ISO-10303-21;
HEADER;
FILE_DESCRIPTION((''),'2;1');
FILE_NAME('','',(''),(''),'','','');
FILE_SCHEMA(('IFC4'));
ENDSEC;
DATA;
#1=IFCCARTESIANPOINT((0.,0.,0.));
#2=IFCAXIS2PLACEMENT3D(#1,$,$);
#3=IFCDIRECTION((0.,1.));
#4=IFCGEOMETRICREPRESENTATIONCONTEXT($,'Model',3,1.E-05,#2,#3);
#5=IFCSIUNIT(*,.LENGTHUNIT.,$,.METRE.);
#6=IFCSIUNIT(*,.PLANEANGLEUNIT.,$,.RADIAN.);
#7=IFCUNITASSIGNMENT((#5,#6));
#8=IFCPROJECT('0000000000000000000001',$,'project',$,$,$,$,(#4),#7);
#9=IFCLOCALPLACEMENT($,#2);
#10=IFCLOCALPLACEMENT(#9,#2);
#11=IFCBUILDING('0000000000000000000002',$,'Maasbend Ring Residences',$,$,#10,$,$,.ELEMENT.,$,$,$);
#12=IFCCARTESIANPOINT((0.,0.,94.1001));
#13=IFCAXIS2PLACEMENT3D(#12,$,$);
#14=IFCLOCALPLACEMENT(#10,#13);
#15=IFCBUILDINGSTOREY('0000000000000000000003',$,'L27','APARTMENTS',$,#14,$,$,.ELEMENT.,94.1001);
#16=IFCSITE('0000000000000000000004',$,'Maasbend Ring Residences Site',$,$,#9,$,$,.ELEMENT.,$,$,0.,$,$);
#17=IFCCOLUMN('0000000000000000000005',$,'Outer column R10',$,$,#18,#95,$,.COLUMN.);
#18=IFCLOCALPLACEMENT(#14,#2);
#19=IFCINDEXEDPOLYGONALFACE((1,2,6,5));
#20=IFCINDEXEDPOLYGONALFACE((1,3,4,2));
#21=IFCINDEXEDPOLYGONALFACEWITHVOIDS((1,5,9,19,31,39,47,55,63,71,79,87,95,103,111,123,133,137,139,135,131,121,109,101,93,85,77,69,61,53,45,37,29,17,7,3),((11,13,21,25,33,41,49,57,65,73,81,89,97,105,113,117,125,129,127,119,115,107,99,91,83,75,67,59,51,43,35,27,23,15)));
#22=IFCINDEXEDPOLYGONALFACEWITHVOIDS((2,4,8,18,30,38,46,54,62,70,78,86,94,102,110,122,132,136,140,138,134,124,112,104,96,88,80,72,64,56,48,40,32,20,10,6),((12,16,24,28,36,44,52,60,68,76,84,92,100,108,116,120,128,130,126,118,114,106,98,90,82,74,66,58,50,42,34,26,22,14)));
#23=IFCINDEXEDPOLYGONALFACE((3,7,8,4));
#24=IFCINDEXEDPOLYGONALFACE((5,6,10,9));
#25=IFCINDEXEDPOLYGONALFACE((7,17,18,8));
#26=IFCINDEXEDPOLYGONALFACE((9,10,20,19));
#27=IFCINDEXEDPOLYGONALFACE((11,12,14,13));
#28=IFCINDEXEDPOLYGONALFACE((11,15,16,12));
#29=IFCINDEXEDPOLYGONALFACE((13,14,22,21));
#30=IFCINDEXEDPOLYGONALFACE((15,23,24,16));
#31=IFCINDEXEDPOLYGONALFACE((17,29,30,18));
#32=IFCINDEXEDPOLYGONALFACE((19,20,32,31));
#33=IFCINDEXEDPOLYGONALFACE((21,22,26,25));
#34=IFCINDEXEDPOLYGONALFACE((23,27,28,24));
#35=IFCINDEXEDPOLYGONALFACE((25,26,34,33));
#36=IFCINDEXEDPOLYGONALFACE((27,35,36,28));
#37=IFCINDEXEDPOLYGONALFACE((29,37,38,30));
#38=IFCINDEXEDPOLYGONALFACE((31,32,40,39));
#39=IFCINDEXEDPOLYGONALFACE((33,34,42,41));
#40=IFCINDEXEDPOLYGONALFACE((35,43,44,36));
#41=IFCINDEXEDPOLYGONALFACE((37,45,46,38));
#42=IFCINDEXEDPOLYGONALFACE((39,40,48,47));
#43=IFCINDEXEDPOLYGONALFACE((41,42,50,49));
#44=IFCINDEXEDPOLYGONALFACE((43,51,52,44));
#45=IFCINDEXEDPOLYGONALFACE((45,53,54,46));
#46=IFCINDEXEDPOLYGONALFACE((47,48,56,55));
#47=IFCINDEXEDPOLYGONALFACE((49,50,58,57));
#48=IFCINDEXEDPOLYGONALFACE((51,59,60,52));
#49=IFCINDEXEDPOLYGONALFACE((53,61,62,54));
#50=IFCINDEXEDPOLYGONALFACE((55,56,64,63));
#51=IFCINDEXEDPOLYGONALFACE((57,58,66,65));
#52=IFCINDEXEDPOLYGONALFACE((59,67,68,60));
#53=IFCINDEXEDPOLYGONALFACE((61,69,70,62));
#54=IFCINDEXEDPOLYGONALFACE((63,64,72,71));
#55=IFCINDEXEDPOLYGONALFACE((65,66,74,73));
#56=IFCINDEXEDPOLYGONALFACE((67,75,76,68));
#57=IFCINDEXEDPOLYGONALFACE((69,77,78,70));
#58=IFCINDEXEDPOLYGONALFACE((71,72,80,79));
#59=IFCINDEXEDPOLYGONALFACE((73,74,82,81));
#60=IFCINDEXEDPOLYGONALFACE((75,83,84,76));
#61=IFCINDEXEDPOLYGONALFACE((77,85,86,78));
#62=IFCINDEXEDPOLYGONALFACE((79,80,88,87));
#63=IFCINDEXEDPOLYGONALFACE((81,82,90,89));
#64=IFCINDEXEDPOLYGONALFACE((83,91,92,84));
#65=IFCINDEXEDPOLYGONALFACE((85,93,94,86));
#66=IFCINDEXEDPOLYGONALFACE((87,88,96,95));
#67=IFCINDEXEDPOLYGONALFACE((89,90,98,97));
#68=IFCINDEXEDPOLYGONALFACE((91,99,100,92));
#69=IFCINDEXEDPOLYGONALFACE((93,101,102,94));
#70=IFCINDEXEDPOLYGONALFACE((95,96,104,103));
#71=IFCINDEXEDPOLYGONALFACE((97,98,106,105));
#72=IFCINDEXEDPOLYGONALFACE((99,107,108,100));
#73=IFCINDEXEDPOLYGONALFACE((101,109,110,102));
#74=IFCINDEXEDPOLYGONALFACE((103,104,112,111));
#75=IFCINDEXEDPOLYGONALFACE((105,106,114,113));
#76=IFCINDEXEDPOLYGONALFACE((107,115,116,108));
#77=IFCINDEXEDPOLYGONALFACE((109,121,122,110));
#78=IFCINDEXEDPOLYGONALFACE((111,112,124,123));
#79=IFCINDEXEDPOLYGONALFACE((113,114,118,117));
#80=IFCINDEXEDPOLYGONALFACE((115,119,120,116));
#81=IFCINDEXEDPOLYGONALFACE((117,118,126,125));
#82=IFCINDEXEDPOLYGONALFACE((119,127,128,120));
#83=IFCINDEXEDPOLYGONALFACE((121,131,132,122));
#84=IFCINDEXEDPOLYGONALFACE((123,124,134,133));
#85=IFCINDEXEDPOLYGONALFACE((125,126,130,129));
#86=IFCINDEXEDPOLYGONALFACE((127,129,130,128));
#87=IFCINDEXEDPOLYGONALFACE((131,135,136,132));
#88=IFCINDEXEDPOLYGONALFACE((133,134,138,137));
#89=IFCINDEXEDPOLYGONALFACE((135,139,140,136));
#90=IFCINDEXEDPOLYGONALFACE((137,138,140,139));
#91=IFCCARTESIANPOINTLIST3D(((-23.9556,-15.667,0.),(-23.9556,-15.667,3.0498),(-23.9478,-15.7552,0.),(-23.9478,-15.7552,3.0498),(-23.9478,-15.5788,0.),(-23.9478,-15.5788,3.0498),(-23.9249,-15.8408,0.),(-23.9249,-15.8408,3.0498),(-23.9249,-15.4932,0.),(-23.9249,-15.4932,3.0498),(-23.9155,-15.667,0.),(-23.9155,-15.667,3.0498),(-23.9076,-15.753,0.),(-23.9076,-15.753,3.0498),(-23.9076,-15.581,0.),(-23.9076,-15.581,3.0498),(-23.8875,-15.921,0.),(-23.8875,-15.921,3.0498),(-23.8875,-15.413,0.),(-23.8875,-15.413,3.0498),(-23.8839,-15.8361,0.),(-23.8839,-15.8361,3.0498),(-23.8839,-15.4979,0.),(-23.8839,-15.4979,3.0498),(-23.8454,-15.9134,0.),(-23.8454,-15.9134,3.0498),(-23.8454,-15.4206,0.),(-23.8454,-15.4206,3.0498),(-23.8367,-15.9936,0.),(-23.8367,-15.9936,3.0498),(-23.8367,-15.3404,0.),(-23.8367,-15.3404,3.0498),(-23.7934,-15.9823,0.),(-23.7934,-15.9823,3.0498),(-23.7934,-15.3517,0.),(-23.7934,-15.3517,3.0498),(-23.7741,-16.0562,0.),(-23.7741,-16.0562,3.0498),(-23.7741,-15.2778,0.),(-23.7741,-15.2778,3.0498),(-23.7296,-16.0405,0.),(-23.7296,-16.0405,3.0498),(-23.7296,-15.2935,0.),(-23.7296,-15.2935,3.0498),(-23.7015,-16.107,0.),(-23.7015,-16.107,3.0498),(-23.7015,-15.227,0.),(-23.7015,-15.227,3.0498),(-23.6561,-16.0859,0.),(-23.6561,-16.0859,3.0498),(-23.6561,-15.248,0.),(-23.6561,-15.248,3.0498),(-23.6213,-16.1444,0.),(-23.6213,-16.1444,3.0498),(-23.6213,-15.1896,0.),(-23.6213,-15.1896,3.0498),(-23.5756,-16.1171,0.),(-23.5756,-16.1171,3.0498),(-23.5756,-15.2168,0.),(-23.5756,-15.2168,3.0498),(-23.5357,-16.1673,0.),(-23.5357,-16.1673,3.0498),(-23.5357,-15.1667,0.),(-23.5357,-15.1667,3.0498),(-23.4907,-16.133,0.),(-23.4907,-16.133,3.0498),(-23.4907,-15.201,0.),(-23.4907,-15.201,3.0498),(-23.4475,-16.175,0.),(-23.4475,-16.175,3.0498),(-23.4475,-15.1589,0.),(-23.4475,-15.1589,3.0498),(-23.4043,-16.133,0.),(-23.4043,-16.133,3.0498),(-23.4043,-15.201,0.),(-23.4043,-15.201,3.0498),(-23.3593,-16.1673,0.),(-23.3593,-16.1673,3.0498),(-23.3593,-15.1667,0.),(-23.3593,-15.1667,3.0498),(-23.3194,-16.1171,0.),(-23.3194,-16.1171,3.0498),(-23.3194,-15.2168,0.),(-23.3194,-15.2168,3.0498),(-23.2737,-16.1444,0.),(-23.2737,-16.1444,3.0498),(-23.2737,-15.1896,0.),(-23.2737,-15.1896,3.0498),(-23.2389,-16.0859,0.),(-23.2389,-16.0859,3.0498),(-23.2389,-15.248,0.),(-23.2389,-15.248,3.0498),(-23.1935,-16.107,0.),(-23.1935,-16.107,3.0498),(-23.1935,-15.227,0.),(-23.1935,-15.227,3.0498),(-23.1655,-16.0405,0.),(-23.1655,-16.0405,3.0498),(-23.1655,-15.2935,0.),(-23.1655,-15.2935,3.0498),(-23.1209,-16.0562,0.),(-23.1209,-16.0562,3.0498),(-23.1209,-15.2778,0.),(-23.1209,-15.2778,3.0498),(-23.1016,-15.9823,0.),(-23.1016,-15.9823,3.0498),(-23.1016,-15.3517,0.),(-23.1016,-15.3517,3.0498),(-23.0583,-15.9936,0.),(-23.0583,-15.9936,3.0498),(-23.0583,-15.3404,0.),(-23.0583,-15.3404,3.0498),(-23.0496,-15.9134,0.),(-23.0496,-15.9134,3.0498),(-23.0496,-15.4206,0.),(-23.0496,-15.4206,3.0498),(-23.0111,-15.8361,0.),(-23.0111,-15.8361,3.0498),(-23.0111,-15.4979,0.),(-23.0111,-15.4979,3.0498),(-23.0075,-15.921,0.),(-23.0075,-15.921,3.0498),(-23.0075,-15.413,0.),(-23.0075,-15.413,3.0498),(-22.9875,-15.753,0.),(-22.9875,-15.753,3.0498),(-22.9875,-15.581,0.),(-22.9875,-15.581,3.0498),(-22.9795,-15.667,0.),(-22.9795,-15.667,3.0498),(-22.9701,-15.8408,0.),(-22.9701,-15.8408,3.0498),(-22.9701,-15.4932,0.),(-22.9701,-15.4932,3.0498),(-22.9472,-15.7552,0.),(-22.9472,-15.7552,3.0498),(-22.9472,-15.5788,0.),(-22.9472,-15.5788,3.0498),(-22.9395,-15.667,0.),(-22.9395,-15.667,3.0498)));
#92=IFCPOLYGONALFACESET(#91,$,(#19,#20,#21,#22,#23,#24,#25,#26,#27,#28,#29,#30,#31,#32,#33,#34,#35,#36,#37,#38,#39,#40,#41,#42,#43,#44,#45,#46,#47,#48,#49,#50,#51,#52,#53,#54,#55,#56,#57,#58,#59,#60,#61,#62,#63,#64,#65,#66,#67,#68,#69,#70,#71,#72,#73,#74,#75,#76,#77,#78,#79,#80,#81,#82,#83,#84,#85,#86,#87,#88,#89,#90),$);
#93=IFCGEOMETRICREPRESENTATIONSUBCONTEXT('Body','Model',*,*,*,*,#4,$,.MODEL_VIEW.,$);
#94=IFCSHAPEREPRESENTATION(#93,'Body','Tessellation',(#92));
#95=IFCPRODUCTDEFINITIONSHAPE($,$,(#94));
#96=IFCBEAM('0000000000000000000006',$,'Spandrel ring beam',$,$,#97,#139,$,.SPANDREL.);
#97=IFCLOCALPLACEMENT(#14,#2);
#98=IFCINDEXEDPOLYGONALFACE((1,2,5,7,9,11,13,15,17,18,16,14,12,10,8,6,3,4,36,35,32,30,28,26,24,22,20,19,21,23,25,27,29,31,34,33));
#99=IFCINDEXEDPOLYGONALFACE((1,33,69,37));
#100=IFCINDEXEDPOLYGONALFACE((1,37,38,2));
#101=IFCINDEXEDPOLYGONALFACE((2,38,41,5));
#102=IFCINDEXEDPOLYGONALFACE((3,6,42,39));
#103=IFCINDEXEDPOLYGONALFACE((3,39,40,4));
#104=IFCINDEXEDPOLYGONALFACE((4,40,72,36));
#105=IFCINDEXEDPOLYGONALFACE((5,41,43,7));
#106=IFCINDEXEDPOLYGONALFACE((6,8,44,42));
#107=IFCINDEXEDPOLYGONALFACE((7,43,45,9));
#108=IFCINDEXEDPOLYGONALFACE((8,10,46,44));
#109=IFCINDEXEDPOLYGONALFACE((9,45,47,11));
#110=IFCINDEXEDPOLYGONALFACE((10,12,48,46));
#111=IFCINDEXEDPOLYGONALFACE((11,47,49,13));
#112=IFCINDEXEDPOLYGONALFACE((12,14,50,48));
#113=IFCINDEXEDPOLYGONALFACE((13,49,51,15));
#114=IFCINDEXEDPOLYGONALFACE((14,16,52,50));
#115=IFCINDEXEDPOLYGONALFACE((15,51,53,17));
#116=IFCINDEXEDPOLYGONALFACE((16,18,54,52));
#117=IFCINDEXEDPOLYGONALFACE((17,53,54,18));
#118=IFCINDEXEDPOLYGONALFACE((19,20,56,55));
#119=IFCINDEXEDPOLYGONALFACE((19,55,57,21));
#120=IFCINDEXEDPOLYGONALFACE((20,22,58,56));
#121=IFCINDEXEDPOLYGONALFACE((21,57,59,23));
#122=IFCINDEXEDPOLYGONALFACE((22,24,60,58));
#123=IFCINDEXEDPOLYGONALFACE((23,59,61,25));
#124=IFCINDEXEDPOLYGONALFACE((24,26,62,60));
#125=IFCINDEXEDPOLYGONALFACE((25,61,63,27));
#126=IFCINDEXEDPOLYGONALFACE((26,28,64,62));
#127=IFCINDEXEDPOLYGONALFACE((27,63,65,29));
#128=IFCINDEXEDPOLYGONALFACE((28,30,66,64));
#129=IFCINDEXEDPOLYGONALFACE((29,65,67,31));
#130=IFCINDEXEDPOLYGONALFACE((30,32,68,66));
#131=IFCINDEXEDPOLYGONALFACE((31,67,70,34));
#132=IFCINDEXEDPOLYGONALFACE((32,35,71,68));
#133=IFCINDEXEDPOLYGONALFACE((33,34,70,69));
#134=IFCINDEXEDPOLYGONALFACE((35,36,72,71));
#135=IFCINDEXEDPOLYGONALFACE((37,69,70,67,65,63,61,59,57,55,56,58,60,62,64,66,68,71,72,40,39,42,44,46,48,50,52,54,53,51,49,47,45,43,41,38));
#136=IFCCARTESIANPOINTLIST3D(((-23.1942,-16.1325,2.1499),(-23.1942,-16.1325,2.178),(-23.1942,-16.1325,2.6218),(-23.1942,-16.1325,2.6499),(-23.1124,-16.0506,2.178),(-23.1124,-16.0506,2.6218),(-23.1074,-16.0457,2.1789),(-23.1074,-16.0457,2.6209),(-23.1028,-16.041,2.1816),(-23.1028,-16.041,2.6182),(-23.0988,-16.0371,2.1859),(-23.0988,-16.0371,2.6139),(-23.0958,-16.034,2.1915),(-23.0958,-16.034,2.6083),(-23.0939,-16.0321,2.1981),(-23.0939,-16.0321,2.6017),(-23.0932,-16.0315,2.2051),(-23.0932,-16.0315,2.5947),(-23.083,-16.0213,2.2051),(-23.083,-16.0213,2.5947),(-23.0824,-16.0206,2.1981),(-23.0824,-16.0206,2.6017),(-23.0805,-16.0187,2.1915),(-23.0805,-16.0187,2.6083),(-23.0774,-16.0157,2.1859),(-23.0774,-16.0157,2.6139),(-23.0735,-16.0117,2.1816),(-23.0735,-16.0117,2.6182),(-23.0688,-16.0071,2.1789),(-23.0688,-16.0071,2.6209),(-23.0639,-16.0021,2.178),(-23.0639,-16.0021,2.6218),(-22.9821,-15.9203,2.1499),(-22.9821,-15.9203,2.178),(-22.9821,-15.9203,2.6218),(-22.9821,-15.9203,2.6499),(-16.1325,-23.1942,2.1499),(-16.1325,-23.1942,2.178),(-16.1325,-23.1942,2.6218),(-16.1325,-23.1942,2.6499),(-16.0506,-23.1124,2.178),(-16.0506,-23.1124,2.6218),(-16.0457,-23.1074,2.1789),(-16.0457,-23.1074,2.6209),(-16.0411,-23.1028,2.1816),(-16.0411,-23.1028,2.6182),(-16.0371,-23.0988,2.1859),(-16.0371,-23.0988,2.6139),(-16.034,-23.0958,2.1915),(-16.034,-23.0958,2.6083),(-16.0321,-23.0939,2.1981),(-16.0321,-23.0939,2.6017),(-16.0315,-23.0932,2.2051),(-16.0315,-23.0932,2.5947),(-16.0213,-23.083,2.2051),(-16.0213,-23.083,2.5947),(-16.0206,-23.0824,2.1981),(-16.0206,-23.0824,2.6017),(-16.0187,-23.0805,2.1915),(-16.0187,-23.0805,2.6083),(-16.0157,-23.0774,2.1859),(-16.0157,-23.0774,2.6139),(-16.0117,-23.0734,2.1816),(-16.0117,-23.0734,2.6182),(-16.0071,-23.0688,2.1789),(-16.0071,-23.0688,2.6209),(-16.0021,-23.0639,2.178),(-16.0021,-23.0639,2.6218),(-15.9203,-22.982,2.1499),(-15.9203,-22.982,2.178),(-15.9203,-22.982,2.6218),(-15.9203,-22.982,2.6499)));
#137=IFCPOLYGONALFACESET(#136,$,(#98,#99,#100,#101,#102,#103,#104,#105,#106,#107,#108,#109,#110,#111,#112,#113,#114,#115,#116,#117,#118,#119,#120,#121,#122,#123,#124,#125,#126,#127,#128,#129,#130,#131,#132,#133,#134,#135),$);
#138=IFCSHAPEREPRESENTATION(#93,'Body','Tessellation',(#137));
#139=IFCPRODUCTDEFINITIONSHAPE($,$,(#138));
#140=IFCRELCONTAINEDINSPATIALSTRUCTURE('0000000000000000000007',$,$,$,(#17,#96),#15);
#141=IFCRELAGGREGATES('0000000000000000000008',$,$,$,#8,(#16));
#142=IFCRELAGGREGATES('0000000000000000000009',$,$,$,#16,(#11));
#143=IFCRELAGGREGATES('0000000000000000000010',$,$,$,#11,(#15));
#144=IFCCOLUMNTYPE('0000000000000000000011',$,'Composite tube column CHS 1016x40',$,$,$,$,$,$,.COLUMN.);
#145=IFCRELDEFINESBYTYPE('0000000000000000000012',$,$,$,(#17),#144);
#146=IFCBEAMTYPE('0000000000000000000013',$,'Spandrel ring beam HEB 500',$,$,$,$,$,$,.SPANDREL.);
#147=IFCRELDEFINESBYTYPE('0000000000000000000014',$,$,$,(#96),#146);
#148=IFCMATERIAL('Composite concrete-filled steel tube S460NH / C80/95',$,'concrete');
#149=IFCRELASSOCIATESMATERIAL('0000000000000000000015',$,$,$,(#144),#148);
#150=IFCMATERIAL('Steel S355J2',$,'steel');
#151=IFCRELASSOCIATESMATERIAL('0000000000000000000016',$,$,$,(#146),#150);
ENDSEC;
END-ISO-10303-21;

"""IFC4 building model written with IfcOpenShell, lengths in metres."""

from ifc_helpers import new_model, si_unit, direction, frame, origin, origin_2d, place, context, subcontext, project, spatial, hollow_circle, i_section, extrude, material, material_profile, profile_set, type_object, element, save


model = new_model("IFC4")

# Units and contexts
model_context = context("Model", 3, precision=1e-05, world=origin(), true_north=direction((0.0, 1.0)))
body_context = subcontext(model_context, "Body", "Model", "MODEL_VIEW")
ifc_project = project(units=[si_unit("LENGTHUNIT", "METRE"), si_unit("PLANEANGLEUNIT", "RADIAN")], contexts=[model_context])

# Site, building, storey
site_placement = place(None, origin())
site = spatial("IfcSite", under=ifc_project, at=site_placement, Name="Maasbend Ring Residences Site", CompositionType="ELEMENT", RefElevation=0.0)
building_placement = place(site_placement, origin())
building = spatial("IfcBuilding", under=site, at=building_placement, Name="Maasbend Ring Residences", CompositionType="ELEMENT")
storey_placement = place(building_placement, frame((0.0, 0.0, 94.1001)))
storey = spatial("IfcBuildingStorey", under=building, at=storey_placement, Name="L27", Description="APARTMENTS", CompositionType="ELEMENT", Elevation=94.1001)

# Column
ifc_material_1 = material(Name="Composite concrete-filled steel tube S460NH / C80/95", Category="concrete")
ifc_material_profile_1 = material_profile(ifc_material_1, hollow_circle(Radius=0.5081, WallThickness=0.04, at=origin_2d()), Name="Composite tube column CHS 1016x40")
ifc_profile_set_1 = profile_set([ifc_material_profile_1], Name="Composite concrete-filled steel tube S460NH / C80/95")
column_type = type_object("IfcColumnType", Name="Composite tube column CHS 1016x40", PredefinedType="COLUMN", material=ifc_profile_set_1)
column_placement = place(storey_placement, frame((-23.4475, -15.667, 0.0), z_axis=(0.0, 0.0, 1.0), x_axis=(1.0, 0.0, 0.0)))
element("IfcColumn", 1, at=column_placement, inside=storey, type_object=column_type, Name="Outer column R10", PredefinedType="COLUMN", context=body_context, shape_type="SweptSolid", body=[
    extrude(hollow_circle(Radius=0.5081, WallThickness=0.04, at=origin_2d()), origin(), (0.0, 0.0, 1.0), 3.0498),
])

# Beam
ifc_material_2 = material(Name="Steel S355J2", Category="steel")
ifc_material_profile_2 = material_profile(ifc_material_2, i_section(OverallWidth=0.3, OverallDepth=0.5, WebThickness=0.0144, FlangeThickness=0.0281, FilletRadius=0.0271, at=origin_2d()), Name="HEB 500")
ifc_profile_set_2 = profile_set([ifc_material_profile_2], Name="Steel S355J2")
beam_type = type_object("IfcBeamType", Name="Spandrel ring beam HEB 500", PredefinedType="SPANDREL", material=ifc_profile_set_2)
beam_placement = place(storey_placement, frame((-23.0881, -16.0264, 2.3999), z_axis=(0.707107, -0.707107, 0.0), x_axis=(0.707107, 0.707107, 0.0)))
element("IfcBeam", 2, at=beam_placement, inside=storey, type_object=beam_type, Name="Spandrel ring beam", PredefinedType="SPANDREL", context=body_context, shape_type="SweptSolid", body=[
    extrude(i_section(OverallWidth=0.3, OverallDepth=0.5, WebThickness=0.0144, FlangeThickness=0.0281, FilletRadius=0.0271, at=origin_2d()), origin(), (0.0, 0.0, 1.0), 9.9868),
])

save(model, "model.ifc")
